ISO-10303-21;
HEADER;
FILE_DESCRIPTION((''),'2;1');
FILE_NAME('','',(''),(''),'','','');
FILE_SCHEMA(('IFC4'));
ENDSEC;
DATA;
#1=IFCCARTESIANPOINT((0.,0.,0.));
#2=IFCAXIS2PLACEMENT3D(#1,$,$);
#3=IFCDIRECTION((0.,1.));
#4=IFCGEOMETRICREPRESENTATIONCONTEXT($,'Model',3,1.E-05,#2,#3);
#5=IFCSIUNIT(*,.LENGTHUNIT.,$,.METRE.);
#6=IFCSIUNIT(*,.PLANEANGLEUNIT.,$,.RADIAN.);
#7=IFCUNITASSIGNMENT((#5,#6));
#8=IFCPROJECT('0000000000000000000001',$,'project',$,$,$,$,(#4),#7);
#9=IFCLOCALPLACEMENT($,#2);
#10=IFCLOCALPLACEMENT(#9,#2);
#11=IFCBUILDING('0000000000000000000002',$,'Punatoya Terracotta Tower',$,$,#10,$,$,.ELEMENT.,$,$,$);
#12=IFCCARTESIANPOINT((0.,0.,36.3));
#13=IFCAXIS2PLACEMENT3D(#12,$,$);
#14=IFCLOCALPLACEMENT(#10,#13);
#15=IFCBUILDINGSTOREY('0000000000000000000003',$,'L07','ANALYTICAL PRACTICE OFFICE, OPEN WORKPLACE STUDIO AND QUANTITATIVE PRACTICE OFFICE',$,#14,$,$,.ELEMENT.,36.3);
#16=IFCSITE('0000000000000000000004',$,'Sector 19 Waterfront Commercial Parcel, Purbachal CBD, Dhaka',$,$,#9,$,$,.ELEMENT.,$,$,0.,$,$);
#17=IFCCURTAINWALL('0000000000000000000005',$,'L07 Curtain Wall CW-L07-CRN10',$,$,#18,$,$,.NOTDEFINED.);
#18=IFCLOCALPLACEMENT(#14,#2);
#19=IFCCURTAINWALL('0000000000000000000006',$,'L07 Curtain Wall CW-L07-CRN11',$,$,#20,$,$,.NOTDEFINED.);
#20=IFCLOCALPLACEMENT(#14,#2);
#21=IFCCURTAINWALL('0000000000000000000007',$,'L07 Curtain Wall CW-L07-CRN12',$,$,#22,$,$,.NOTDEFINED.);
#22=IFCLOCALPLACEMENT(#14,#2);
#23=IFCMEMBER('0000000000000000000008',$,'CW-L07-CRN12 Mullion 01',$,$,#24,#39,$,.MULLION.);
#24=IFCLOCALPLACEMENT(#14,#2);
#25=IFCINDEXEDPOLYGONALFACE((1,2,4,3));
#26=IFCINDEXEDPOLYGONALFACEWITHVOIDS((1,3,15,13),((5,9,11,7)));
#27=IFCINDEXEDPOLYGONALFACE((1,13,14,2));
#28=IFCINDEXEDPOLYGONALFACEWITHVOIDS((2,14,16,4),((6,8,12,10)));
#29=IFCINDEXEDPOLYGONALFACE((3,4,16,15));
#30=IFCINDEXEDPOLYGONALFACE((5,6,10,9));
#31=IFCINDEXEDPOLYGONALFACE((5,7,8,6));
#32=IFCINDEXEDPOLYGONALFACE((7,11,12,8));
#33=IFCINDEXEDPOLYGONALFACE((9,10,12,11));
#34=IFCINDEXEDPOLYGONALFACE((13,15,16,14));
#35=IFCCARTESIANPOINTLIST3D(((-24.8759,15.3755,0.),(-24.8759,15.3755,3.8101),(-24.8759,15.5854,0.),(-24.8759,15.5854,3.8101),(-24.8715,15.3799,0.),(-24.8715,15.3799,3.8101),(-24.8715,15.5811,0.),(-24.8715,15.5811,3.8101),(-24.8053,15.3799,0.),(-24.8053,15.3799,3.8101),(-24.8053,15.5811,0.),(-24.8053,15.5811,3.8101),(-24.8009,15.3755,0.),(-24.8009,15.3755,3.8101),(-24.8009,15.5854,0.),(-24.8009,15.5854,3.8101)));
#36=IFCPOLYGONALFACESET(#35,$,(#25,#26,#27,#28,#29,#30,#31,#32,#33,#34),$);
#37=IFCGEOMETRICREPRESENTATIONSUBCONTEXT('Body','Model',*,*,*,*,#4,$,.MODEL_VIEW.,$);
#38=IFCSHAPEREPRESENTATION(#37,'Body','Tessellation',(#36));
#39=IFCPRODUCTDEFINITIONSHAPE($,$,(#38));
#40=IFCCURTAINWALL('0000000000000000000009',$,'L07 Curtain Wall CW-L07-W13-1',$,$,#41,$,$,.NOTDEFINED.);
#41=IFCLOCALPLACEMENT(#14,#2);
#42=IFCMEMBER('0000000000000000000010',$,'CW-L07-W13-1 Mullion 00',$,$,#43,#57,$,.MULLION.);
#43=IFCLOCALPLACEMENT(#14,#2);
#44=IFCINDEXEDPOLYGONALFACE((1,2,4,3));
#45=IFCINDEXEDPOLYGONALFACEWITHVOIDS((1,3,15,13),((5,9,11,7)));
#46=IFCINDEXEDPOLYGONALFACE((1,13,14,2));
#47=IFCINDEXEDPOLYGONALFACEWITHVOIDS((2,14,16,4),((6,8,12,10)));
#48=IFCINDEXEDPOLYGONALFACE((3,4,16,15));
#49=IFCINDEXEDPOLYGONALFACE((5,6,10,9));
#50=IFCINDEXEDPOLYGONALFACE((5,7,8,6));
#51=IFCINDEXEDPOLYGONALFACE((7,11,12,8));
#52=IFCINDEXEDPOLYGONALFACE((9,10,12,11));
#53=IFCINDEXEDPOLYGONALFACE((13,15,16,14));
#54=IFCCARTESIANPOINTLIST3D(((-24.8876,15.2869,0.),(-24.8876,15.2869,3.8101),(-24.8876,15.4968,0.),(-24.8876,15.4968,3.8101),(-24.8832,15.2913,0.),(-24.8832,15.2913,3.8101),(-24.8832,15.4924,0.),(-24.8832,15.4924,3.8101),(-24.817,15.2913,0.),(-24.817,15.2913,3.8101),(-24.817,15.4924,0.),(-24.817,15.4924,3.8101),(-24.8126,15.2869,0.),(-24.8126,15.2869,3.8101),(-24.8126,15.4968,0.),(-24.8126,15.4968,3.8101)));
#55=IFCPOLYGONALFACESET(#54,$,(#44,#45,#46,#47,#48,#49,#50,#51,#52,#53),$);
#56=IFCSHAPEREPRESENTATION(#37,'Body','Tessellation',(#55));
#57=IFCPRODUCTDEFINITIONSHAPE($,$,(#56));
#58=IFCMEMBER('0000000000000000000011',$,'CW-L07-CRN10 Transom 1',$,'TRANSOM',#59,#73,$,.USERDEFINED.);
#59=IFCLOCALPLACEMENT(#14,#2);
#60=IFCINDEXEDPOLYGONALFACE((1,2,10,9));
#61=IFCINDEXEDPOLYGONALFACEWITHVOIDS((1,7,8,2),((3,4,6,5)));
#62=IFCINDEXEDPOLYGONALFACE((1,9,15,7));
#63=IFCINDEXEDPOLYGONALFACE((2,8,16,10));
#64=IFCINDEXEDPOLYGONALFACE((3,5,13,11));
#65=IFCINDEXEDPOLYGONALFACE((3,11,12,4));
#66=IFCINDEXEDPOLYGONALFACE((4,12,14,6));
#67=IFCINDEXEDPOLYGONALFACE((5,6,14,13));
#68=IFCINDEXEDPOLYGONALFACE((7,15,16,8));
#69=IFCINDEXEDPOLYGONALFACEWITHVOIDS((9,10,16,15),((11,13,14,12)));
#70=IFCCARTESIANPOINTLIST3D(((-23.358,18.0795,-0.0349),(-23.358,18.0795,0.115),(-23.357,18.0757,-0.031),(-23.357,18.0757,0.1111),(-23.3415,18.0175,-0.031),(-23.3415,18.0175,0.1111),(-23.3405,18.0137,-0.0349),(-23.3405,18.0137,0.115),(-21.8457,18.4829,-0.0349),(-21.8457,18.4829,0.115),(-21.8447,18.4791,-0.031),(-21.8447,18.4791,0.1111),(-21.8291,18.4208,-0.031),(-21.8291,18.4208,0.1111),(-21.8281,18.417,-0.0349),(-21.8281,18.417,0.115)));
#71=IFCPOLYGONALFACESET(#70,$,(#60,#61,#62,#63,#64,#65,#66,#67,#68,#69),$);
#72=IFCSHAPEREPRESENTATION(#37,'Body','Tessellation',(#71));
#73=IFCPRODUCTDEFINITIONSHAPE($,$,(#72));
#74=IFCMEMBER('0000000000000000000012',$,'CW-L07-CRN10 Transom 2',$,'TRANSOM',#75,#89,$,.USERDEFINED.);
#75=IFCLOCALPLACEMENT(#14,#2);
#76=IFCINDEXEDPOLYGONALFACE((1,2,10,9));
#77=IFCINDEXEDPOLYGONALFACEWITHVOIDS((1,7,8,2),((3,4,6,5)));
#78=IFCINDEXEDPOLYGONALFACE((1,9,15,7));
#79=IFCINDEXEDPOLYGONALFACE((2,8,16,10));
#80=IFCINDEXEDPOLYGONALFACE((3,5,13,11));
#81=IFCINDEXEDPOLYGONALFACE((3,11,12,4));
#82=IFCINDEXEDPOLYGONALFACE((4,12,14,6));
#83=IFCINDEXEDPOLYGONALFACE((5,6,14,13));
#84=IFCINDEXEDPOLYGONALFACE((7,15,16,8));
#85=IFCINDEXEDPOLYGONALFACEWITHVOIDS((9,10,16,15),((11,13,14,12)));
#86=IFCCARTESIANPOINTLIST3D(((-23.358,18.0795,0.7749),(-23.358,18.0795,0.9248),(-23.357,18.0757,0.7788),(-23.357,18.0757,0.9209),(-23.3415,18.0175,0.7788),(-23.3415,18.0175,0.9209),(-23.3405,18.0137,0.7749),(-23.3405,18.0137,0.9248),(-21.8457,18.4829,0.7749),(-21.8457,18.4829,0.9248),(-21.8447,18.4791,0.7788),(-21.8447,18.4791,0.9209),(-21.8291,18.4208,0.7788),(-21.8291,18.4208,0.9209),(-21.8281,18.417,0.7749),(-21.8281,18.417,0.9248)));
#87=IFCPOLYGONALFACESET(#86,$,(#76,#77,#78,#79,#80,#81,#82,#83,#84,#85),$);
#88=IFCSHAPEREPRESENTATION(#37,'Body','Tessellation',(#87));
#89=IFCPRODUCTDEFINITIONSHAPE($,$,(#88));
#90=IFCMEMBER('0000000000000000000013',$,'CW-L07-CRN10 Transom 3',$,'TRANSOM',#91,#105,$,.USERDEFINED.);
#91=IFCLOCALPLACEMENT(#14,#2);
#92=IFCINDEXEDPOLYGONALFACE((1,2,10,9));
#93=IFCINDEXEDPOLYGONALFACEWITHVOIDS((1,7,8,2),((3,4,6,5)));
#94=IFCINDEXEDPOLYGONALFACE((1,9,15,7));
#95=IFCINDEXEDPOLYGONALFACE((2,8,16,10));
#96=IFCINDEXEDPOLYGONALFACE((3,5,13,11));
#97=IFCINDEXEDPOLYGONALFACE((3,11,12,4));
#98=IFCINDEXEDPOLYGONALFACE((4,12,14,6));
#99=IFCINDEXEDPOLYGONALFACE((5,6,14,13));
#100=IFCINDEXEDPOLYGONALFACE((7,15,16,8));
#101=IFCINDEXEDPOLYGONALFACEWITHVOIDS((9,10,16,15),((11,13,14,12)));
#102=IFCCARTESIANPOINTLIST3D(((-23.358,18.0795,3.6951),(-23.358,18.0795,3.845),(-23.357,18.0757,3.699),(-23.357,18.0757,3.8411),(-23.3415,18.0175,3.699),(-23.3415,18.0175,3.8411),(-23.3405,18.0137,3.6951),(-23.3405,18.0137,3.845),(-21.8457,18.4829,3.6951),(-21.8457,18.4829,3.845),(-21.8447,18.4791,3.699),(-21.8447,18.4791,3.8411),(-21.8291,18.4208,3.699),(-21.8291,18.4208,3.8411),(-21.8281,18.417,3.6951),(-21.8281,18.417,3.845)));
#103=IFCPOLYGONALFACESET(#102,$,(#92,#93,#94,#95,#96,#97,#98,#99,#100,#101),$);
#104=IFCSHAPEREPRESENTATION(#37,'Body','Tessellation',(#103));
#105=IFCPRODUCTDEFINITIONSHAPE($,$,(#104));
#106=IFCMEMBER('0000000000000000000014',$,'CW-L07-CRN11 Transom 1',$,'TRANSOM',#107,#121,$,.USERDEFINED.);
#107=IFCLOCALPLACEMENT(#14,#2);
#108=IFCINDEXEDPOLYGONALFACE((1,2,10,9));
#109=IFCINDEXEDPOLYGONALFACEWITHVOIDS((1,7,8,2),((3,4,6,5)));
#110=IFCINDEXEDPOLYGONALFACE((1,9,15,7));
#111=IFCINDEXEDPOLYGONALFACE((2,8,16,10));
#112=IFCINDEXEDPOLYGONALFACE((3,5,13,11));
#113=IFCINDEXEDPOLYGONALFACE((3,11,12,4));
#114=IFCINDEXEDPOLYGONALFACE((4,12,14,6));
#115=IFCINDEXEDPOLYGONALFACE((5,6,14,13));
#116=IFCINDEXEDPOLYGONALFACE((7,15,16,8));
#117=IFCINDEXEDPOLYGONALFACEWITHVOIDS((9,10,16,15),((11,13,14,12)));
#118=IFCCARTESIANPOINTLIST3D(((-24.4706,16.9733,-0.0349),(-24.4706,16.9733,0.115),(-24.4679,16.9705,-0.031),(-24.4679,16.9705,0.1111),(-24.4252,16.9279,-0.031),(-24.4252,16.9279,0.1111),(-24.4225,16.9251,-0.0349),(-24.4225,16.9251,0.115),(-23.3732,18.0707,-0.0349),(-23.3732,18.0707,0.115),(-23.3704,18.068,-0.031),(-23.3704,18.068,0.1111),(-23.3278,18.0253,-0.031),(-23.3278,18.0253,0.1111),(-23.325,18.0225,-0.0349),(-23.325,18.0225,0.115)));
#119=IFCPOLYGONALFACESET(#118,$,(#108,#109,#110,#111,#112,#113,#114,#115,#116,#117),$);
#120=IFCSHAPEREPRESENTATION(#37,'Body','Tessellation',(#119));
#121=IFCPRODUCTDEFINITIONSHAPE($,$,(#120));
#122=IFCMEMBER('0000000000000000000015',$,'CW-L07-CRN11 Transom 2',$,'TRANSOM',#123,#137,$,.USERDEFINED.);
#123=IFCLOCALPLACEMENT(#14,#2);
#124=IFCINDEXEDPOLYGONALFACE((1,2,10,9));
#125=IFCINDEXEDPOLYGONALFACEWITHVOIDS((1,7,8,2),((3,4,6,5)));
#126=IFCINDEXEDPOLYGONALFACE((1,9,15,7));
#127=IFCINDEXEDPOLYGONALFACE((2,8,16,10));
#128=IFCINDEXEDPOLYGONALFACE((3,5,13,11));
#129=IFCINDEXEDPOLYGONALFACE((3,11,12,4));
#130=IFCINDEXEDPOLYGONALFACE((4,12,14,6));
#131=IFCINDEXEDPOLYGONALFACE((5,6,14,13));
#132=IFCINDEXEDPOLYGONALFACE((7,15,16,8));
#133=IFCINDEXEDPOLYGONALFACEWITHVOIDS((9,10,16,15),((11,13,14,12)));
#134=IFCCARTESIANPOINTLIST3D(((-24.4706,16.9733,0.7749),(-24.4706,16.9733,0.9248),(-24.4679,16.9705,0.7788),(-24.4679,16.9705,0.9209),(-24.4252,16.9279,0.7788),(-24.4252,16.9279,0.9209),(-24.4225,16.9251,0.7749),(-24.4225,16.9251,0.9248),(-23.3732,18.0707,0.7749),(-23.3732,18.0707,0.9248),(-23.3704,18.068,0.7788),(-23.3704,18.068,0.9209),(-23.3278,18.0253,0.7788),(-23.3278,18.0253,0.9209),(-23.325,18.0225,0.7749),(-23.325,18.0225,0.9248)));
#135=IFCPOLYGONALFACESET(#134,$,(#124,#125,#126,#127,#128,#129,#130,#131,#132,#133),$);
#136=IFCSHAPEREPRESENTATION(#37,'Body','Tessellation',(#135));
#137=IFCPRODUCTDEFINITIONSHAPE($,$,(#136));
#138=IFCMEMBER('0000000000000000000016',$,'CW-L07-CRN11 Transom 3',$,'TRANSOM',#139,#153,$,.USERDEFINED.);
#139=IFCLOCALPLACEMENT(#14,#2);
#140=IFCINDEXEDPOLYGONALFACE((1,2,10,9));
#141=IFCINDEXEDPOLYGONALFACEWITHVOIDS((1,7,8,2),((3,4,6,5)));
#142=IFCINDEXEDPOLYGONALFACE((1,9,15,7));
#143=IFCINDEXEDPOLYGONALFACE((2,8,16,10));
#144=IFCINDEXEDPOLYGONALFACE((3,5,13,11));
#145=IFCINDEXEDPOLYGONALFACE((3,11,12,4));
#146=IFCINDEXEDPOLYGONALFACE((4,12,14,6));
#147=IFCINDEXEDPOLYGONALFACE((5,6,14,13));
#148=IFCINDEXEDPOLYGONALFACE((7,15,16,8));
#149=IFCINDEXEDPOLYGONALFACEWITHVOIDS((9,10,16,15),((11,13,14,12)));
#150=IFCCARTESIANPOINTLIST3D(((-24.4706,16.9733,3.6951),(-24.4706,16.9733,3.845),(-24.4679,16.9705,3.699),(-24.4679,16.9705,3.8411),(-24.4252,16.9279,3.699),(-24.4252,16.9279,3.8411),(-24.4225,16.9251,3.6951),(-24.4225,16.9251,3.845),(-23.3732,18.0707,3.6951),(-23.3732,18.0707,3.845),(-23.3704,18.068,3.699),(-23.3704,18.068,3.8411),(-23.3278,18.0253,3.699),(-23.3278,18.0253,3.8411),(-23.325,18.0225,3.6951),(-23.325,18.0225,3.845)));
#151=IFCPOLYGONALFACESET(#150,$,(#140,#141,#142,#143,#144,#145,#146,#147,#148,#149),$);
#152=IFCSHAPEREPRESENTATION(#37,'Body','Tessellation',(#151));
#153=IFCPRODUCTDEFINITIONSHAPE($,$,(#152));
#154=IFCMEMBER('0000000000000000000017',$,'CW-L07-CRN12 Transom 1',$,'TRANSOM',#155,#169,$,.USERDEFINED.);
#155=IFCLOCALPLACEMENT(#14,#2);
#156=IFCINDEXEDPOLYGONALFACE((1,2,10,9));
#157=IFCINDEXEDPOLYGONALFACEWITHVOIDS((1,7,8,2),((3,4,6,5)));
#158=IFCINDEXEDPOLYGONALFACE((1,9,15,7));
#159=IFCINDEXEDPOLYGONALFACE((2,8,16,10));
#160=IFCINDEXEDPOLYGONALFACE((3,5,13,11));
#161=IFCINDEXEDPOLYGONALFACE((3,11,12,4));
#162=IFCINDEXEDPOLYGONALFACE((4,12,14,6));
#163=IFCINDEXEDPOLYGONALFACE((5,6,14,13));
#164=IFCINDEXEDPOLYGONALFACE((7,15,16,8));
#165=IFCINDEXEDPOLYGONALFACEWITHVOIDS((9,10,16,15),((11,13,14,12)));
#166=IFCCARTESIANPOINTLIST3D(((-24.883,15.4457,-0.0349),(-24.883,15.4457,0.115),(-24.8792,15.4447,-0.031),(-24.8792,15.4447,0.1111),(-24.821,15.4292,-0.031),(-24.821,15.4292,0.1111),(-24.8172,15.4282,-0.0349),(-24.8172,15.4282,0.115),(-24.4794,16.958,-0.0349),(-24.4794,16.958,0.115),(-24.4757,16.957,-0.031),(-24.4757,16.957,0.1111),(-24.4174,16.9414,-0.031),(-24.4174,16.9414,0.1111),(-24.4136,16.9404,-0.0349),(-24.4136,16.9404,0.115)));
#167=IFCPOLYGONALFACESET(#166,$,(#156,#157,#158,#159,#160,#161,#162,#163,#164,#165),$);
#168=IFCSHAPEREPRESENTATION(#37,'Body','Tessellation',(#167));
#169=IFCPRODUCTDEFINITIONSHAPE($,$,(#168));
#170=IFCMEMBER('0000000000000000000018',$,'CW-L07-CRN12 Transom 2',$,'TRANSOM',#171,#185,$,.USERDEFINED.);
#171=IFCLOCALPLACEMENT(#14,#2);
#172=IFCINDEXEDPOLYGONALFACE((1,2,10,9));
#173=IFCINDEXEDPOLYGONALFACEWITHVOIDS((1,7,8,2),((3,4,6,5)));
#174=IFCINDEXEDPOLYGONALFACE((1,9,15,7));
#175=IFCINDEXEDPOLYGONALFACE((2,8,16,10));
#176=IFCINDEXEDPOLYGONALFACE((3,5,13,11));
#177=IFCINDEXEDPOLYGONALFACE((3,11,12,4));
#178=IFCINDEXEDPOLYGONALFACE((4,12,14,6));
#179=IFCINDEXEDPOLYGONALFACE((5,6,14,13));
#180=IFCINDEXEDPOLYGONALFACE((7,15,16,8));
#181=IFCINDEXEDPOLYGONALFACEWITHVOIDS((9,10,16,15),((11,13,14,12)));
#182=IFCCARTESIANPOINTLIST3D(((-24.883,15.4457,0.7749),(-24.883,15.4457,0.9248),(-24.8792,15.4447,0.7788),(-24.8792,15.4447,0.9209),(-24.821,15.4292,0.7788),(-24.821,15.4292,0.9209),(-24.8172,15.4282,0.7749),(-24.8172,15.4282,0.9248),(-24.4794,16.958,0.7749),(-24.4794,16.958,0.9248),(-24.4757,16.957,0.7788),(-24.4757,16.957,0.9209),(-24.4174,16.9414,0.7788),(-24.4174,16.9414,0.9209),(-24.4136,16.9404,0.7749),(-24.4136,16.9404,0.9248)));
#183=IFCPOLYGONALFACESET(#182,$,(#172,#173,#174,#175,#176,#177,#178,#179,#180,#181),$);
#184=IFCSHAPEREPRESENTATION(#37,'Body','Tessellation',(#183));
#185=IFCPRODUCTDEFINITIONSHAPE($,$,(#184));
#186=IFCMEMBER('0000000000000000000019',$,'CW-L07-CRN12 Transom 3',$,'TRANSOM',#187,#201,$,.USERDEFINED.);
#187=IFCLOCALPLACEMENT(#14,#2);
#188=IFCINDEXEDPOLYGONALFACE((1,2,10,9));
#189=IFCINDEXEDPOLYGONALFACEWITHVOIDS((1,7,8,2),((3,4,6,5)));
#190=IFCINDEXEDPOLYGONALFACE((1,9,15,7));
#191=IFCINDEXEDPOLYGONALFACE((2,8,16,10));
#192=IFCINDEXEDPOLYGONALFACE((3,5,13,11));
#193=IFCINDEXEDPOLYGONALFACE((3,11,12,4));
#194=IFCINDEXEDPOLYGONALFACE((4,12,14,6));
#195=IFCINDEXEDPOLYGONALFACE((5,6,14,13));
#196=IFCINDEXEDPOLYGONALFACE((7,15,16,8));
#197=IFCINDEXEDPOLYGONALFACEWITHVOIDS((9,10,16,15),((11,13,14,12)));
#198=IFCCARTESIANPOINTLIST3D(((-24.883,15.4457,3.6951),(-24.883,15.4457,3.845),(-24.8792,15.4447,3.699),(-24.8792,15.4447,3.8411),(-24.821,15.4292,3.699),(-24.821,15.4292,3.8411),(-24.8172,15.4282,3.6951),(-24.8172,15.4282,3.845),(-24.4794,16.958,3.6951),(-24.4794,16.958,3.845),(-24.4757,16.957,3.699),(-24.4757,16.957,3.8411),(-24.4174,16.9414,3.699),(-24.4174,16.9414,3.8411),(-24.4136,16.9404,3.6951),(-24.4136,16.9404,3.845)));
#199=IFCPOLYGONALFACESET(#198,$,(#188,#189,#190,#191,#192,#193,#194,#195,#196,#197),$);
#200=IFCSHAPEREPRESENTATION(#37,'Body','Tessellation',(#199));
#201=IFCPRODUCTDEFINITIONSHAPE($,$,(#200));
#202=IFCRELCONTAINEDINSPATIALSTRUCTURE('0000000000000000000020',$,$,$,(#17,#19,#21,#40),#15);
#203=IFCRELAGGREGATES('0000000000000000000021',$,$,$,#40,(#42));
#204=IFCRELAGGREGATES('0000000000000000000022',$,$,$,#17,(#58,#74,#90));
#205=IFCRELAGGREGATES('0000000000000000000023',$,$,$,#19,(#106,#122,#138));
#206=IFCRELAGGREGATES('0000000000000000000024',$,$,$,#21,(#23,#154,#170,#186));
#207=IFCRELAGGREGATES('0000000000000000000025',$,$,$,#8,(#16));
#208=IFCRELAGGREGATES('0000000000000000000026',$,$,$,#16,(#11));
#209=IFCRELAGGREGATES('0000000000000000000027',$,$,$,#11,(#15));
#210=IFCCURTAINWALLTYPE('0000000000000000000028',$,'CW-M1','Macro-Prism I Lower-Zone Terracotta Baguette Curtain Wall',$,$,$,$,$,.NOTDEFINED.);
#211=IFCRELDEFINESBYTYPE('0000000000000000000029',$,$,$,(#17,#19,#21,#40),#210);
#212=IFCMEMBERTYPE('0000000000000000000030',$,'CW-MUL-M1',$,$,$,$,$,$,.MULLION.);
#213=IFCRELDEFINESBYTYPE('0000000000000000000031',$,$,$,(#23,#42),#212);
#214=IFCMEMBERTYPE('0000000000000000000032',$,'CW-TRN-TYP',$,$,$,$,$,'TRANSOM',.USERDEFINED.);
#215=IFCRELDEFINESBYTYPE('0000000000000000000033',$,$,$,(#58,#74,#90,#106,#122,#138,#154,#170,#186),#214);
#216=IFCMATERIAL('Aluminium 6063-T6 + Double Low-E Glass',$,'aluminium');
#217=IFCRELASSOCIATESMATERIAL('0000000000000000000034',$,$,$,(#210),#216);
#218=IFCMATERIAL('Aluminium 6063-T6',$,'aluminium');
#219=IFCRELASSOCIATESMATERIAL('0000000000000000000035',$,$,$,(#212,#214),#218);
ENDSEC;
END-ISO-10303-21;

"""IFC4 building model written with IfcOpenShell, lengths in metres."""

from ifc_helpers import new_model, si_unit, direction, frame, origin, origin_2d, place, context, subcontext, project, spatial, hollow_rectangle, extrude, material, material_profile, profile_set, type_object, element, aggregate, save


model = new_model("IFC4")

# Units and contexts
model_context = context("Model", 3, precision=1e-05, world=origin(), true_north=direction((0.0, 1.0)))
body_context = subcontext(model_context, "Body", "Model", "MODEL_VIEW")
ifc_project = project(units=[si_unit("LENGTHUNIT", "METRE"), si_unit("PLANEANGLEUNIT", "RADIAN")], contexts=[model_context])

# Site, building, storey
site_placement = place(None, origin())
site = spatial("IfcSite", under=ifc_project, at=site_placement, Name="Sector 19 Waterfront Commercial Parcel, Purbachal CBD, Dhaka", CompositionType="ELEMENT", RefElevation=0.0)
building_placement = place(site_placement, origin())
building = spatial("IfcBuilding", under=site, at=building_placement, Name="Punatoya Terracotta Tower", CompositionType="ELEMENT")
storey_placement = place(building_placement, frame((0.0, 0.0, 36.3)))
storey = spatial("IfcBuildingStorey", under=building, at=storey_placement, Name="L07", Description="ANALYTICAL PRACTICE OFFICE, OPEN WORKPLACE STUDIO AND QUANTITATIVE PRACTICE OFFICE", CompositionType="ELEMENT", Elevation=36.3)

# Curtain walls, member
ifc_material_1 = material(Name="Aluminium 6063-T6 + Double Low-E Glass", Category="aluminium")
curtain_wall_type = type_object("IfcCurtainWallType", Name="CW-M1", Description="Macro-Prism I Lower-Zone Terracotta Baguette Curtain Wall", PredefinedType="NOTDEFINED", material=ifc_material_1)
curtain_wall_1_placement = place(storey_placement, origin())
curtain_wall_1 = element("IfcCurtainWall", 1, at=curtain_wall_1_placement, inside=storey, type_object=curtain_wall_type, Name="L07 Curtain Wall CW-L07-CRN10", PredefinedType="NOTDEFINED")
ifc_material_2 = material(Name="Aluminium 6063-T6", Category="aluminium")
ifc_material_profile_1 = material_profile(ifc_material_2, hollow_rectangle(XDim=0.075, YDim=0.21, WallThickness=0.0044, at=origin_2d()))
ifc_profile_set_1 = profile_set([ifc_material_profile_1], Name="Aluminium 6063-T6")
member_type_1 = type_object("IfcMemberType", Name="CW-MUL-M1", PredefinedType="MULLION", material=ifc_profile_set_1)
curtain_wall_2_placement = place(storey_placement, origin())
curtain_wall_2 = element("IfcCurtainWall", 2, at=curtain_wall_2_placement, inside=storey, type_object=curtain_wall_type, Name="L07 Curtain Wall CW-L07-CRN11", PredefinedType="NOTDEFINED")
curtain_wall_3_placement = place(storey_placement, origin())
curtain_wall_3 = element("IfcCurtainWall", 3, at=curtain_wall_3_placement, inside=storey, type_object=curtain_wall_type, Name="L07 Curtain Wall CW-L07-CRN12", PredefinedType="NOTDEFINED")
member_1_placement = place(storey_placement, frame((-24.8384, 15.4805, 0.0), z_axis=(0.0, 0.0, 1.0), x_axis=(1.0, 0.0, 0.0)))
member_1 = element("IfcMember", 4, at=member_1_placement, type_object=member_type_1, Name="CW-L07-CRN12 Mullion 01", PredefinedType="MULLION", context=body_context, shape_type="SweptSolid", body=[
    extrude(hollow_rectangle(XDim=0.075, YDim=0.21, WallThickness=0.0044, at=origin_2d()), origin(), (0.0, 0.0, 1.0), 3.8101),
])

# Curtain wall, member
curtain_wall_4_placement = place(storey_placement, origin())
curtain_wall_4 = element("IfcCurtainWall", 5, at=curtain_wall_4_placement, inside=storey, type_object=curtain_wall_type, Name="L07 Curtain Wall CW-L07-W13-1", PredefinedType="NOTDEFINED")
member_2_placement = place(storey_placement, frame((-24.8501, 15.3918, 0.0), z_axis=(0.0, 0.0, 1.0), x_axis=(1.0, 0.0, 0.0)))
member_2 = element("IfcMember", 6, at=member_2_placement, type_object=member_type_1, Name="CW-L07-W13-1 Mullion 00", PredefinedType="MULLION", context=body_context, shape_type="SweptSolid", body=[
    extrude(hollow_rectangle(XDim=0.075, YDim=0.21, WallThickness=0.0044, at=origin_2d()), origin(), (0.0, 0.0, 1.0), 3.8101),
])

# Members
ifc_material_profile_2 = material_profile(ifc_material_2, hollow_rectangle(XDim=0.0681, YDim=0.1499, WallThickness=0.0039, at=origin_2d()))
ifc_profile_set_2 = profile_set([ifc_material_profile_2], Name="Aluminium 6063-T6")
member_type_2 = type_object("IfcMemberType", Name="CW-TRN-TYP", ElementType="TRANSOM", PredefinedType="USERDEFINED", material=ifc_profile_set_2)
member_3_placement = place(storey_placement, frame((-21.8369, 18.45, 0.04), z_axis=(-0.966225, -0.257701, 0.0), x_axis=(0.257701, -0.966225, 0.0)))
member_3 = element("IfcMember", 7, at=member_3_placement, type_object=member_type_2, Name="CW-L07-CRN10 Transom 1", ObjectType="TRANSOM", PredefinedType="USERDEFINED", context=body_context, shape_type="SweptSolid", body=[
    extrude(hollow_rectangle(XDim=0.0681, YDim=0.1499, WallThickness=0.0039, at=origin_2d()), origin(), (0.0, 0.0, 1.0), 1.5652),
])
member_4_placement = place(storey_placement, frame((-21.8369, 18.45, 0.8499), z_axis=(-0.966225, -0.257701, 0.0), x_axis=(0.257701, -0.966225, 0.0)))
member_4 = element("IfcMember", 8, at=member_4_placement, type_object=member_type_2, Name="CW-L07-CRN10 Transom 2", ObjectType="TRANSOM", PredefinedType="USERDEFINED", context=body_context, shape_type="SweptSolid", body=[
    extrude(hollow_rectangle(XDim=0.0681, YDim=0.1499, WallThickness=0.0039, at=origin_2d()), origin(), (0.0, 0.0, 1.0), 1.5652),
])
member_5_placement = place(storey_placement, frame((-21.8369, 18.45, 3.77), z_axis=(-0.966225, -0.257701, 0.0), x_axis=(0.257701, -0.966225, 0.0)))
member_5 = element("IfcMember", 9, at=member_5_placement, type_object=member_type_2, Name="CW-L07-CRN10 Transom 3", ObjectType="TRANSOM", PredefinedType="USERDEFINED", context=body_context, shape_type="SweptSolid", body=[
    extrude(hollow_rectangle(XDim=0.0681, YDim=0.1499, WallThickness=0.0039, at=origin_2d()), origin(), (0.0, 0.0, 1.0), 1.5652),
])
member_6_placement = place(storey_placement, frame((-23.3491, 18.0466, 0.04), z_axis=(-0.707107, -0.707107, 0.0), x_axis=(0.707107, -0.707107, 0.0)))
member_6 = element("IfcMember", 10, at=member_6_placement, type_object=member_type_2, Name="CW-L07-CRN11 Transom 1", ObjectType="TRANSOM", PredefinedType="USERDEFINED", context=body_context, shape_type="SweptSolid", body=[
    extrude(hollow_rectangle(XDim=0.0681, YDim=0.1499, WallThickness=0.0039, at=origin_2d()), origin(), (0.0, 0.0, 1.0), 1.552),
])
member_7_placement = place(storey_placement, frame((-23.3491, 18.0466, 0.8499), z_axis=(-0.707107, -0.707107, 0.0), x_axis=(0.707107, -0.707107, 0.0)))
member_7 = element("IfcMember", 11, at=member_7_placement, type_object=member_type_2, Name="CW-L07-CRN11 Transom 2", ObjectType="TRANSOM", PredefinedType="USERDEFINED", context=body_context, shape_type="SweptSolid", body=[
    extrude(hollow_rectangle(XDim=0.0681, YDim=0.1499, WallThickness=0.0039, at=origin_2d()), origin(), (0.0, 0.0, 1.0), 1.552),
])
member_8_placement = place(storey_placement, frame((-23.3491, 18.0466, 3.77), z_axis=(-0.707107, -0.707107, 0.0), x_axis=(0.707107, -0.707107, 0.0)))
member_8 = element("IfcMember", 12, at=member_8_placement, type_object=member_type_2, Name="CW-L07-CRN11 Transom 3", ObjectType="TRANSOM", PredefinedType="USERDEFINED", context=body_context, shape_type="SweptSolid", body=[
    extrude(hollow_rectangle(XDim=0.0681, YDim=0.1499, WallThickness=0.0039, at=origin_2d()), origin(), (0.0, 0.0, 1.0), 1.552),
])
member_9_placement = place(storey_placement, frame((-24.4465, 16.9492, 0.04), z_axis=(-0.257847, -0.966186, 0.0), x_axis=(0.966186, -0.257847, 0.0)))
member_9 = element("IfcMember", 13, at=member_9_placement, type_object=member_type_2, Name="CW-L07-CRN12 Transom 1", ObjectType="TRANSOM", PredefinedType="USERDEFINED", context=body_context, shape_type="SweptSolid", body=[
    extrude(hollow_rectangle(XDim=0.0681, YDim=0.1499, WallThickness=0.0039, at=origin_2d()), origin(), (0.0, 0.0, 1.0), 1.5652),
])
member_10_placement = place(storey_placement, frame((-24.4465, 16.9492, 0.8499), z_axis=(-0.257847, -0.966186, 0.0), x_axis=(0.966186, -0.257847, 0.0)))
member_10 = element("IfcMember", 14, at=member_10_placement, type_object=member_type_2, Name="CW-L07-CRN12 Transom 2", ObjectType="TRANSOM", PredefinedType="USERDEFINED", context=body_context, shape_type="SweptSolid", body=[
    extrude(hollow_rectangle(XDim=0.0681, YDim=0.1499, WallThickness=0.0039, at=origin_2d()), origin(), (0.0, 0.0, 1.0), 1.5652),
])
member_11_placement = place(storey_placement, frame((-24.4465, 16.9492, 3.77), z_axis=(-0.257847, -0.966186, 0.0), x_axis=(0.966186, -0.257847, 0.0)))
member_11 = element("IfcMember", 15, at=member_11_placement, type_object=member_type_2, Name="CW-L07-CRN12 Transom 3", ObjectType="TRANSOM", PredefinedType="USERDEFINED", context=body_context, shape_type="SweptSolid", body=[
    extrude(hollow_rectangle(XDim=0.0681, YDim=0.1499, WallThickness=0.0039, at=origin_2d()), origin(), (0.0, 0.0, 1.0), 1.5652),
])
aggregate(curtain_wall_4, [member_2])

aggregate(curtain_wall_1, [member_3, member_4, member_5])
aggregate(curtain_wall_2, [member_6, member_7, member_8])
aggregate(curtain_wall_3, [member_1, member_9, member_10, member_11])

save(model, "model.ifc")
